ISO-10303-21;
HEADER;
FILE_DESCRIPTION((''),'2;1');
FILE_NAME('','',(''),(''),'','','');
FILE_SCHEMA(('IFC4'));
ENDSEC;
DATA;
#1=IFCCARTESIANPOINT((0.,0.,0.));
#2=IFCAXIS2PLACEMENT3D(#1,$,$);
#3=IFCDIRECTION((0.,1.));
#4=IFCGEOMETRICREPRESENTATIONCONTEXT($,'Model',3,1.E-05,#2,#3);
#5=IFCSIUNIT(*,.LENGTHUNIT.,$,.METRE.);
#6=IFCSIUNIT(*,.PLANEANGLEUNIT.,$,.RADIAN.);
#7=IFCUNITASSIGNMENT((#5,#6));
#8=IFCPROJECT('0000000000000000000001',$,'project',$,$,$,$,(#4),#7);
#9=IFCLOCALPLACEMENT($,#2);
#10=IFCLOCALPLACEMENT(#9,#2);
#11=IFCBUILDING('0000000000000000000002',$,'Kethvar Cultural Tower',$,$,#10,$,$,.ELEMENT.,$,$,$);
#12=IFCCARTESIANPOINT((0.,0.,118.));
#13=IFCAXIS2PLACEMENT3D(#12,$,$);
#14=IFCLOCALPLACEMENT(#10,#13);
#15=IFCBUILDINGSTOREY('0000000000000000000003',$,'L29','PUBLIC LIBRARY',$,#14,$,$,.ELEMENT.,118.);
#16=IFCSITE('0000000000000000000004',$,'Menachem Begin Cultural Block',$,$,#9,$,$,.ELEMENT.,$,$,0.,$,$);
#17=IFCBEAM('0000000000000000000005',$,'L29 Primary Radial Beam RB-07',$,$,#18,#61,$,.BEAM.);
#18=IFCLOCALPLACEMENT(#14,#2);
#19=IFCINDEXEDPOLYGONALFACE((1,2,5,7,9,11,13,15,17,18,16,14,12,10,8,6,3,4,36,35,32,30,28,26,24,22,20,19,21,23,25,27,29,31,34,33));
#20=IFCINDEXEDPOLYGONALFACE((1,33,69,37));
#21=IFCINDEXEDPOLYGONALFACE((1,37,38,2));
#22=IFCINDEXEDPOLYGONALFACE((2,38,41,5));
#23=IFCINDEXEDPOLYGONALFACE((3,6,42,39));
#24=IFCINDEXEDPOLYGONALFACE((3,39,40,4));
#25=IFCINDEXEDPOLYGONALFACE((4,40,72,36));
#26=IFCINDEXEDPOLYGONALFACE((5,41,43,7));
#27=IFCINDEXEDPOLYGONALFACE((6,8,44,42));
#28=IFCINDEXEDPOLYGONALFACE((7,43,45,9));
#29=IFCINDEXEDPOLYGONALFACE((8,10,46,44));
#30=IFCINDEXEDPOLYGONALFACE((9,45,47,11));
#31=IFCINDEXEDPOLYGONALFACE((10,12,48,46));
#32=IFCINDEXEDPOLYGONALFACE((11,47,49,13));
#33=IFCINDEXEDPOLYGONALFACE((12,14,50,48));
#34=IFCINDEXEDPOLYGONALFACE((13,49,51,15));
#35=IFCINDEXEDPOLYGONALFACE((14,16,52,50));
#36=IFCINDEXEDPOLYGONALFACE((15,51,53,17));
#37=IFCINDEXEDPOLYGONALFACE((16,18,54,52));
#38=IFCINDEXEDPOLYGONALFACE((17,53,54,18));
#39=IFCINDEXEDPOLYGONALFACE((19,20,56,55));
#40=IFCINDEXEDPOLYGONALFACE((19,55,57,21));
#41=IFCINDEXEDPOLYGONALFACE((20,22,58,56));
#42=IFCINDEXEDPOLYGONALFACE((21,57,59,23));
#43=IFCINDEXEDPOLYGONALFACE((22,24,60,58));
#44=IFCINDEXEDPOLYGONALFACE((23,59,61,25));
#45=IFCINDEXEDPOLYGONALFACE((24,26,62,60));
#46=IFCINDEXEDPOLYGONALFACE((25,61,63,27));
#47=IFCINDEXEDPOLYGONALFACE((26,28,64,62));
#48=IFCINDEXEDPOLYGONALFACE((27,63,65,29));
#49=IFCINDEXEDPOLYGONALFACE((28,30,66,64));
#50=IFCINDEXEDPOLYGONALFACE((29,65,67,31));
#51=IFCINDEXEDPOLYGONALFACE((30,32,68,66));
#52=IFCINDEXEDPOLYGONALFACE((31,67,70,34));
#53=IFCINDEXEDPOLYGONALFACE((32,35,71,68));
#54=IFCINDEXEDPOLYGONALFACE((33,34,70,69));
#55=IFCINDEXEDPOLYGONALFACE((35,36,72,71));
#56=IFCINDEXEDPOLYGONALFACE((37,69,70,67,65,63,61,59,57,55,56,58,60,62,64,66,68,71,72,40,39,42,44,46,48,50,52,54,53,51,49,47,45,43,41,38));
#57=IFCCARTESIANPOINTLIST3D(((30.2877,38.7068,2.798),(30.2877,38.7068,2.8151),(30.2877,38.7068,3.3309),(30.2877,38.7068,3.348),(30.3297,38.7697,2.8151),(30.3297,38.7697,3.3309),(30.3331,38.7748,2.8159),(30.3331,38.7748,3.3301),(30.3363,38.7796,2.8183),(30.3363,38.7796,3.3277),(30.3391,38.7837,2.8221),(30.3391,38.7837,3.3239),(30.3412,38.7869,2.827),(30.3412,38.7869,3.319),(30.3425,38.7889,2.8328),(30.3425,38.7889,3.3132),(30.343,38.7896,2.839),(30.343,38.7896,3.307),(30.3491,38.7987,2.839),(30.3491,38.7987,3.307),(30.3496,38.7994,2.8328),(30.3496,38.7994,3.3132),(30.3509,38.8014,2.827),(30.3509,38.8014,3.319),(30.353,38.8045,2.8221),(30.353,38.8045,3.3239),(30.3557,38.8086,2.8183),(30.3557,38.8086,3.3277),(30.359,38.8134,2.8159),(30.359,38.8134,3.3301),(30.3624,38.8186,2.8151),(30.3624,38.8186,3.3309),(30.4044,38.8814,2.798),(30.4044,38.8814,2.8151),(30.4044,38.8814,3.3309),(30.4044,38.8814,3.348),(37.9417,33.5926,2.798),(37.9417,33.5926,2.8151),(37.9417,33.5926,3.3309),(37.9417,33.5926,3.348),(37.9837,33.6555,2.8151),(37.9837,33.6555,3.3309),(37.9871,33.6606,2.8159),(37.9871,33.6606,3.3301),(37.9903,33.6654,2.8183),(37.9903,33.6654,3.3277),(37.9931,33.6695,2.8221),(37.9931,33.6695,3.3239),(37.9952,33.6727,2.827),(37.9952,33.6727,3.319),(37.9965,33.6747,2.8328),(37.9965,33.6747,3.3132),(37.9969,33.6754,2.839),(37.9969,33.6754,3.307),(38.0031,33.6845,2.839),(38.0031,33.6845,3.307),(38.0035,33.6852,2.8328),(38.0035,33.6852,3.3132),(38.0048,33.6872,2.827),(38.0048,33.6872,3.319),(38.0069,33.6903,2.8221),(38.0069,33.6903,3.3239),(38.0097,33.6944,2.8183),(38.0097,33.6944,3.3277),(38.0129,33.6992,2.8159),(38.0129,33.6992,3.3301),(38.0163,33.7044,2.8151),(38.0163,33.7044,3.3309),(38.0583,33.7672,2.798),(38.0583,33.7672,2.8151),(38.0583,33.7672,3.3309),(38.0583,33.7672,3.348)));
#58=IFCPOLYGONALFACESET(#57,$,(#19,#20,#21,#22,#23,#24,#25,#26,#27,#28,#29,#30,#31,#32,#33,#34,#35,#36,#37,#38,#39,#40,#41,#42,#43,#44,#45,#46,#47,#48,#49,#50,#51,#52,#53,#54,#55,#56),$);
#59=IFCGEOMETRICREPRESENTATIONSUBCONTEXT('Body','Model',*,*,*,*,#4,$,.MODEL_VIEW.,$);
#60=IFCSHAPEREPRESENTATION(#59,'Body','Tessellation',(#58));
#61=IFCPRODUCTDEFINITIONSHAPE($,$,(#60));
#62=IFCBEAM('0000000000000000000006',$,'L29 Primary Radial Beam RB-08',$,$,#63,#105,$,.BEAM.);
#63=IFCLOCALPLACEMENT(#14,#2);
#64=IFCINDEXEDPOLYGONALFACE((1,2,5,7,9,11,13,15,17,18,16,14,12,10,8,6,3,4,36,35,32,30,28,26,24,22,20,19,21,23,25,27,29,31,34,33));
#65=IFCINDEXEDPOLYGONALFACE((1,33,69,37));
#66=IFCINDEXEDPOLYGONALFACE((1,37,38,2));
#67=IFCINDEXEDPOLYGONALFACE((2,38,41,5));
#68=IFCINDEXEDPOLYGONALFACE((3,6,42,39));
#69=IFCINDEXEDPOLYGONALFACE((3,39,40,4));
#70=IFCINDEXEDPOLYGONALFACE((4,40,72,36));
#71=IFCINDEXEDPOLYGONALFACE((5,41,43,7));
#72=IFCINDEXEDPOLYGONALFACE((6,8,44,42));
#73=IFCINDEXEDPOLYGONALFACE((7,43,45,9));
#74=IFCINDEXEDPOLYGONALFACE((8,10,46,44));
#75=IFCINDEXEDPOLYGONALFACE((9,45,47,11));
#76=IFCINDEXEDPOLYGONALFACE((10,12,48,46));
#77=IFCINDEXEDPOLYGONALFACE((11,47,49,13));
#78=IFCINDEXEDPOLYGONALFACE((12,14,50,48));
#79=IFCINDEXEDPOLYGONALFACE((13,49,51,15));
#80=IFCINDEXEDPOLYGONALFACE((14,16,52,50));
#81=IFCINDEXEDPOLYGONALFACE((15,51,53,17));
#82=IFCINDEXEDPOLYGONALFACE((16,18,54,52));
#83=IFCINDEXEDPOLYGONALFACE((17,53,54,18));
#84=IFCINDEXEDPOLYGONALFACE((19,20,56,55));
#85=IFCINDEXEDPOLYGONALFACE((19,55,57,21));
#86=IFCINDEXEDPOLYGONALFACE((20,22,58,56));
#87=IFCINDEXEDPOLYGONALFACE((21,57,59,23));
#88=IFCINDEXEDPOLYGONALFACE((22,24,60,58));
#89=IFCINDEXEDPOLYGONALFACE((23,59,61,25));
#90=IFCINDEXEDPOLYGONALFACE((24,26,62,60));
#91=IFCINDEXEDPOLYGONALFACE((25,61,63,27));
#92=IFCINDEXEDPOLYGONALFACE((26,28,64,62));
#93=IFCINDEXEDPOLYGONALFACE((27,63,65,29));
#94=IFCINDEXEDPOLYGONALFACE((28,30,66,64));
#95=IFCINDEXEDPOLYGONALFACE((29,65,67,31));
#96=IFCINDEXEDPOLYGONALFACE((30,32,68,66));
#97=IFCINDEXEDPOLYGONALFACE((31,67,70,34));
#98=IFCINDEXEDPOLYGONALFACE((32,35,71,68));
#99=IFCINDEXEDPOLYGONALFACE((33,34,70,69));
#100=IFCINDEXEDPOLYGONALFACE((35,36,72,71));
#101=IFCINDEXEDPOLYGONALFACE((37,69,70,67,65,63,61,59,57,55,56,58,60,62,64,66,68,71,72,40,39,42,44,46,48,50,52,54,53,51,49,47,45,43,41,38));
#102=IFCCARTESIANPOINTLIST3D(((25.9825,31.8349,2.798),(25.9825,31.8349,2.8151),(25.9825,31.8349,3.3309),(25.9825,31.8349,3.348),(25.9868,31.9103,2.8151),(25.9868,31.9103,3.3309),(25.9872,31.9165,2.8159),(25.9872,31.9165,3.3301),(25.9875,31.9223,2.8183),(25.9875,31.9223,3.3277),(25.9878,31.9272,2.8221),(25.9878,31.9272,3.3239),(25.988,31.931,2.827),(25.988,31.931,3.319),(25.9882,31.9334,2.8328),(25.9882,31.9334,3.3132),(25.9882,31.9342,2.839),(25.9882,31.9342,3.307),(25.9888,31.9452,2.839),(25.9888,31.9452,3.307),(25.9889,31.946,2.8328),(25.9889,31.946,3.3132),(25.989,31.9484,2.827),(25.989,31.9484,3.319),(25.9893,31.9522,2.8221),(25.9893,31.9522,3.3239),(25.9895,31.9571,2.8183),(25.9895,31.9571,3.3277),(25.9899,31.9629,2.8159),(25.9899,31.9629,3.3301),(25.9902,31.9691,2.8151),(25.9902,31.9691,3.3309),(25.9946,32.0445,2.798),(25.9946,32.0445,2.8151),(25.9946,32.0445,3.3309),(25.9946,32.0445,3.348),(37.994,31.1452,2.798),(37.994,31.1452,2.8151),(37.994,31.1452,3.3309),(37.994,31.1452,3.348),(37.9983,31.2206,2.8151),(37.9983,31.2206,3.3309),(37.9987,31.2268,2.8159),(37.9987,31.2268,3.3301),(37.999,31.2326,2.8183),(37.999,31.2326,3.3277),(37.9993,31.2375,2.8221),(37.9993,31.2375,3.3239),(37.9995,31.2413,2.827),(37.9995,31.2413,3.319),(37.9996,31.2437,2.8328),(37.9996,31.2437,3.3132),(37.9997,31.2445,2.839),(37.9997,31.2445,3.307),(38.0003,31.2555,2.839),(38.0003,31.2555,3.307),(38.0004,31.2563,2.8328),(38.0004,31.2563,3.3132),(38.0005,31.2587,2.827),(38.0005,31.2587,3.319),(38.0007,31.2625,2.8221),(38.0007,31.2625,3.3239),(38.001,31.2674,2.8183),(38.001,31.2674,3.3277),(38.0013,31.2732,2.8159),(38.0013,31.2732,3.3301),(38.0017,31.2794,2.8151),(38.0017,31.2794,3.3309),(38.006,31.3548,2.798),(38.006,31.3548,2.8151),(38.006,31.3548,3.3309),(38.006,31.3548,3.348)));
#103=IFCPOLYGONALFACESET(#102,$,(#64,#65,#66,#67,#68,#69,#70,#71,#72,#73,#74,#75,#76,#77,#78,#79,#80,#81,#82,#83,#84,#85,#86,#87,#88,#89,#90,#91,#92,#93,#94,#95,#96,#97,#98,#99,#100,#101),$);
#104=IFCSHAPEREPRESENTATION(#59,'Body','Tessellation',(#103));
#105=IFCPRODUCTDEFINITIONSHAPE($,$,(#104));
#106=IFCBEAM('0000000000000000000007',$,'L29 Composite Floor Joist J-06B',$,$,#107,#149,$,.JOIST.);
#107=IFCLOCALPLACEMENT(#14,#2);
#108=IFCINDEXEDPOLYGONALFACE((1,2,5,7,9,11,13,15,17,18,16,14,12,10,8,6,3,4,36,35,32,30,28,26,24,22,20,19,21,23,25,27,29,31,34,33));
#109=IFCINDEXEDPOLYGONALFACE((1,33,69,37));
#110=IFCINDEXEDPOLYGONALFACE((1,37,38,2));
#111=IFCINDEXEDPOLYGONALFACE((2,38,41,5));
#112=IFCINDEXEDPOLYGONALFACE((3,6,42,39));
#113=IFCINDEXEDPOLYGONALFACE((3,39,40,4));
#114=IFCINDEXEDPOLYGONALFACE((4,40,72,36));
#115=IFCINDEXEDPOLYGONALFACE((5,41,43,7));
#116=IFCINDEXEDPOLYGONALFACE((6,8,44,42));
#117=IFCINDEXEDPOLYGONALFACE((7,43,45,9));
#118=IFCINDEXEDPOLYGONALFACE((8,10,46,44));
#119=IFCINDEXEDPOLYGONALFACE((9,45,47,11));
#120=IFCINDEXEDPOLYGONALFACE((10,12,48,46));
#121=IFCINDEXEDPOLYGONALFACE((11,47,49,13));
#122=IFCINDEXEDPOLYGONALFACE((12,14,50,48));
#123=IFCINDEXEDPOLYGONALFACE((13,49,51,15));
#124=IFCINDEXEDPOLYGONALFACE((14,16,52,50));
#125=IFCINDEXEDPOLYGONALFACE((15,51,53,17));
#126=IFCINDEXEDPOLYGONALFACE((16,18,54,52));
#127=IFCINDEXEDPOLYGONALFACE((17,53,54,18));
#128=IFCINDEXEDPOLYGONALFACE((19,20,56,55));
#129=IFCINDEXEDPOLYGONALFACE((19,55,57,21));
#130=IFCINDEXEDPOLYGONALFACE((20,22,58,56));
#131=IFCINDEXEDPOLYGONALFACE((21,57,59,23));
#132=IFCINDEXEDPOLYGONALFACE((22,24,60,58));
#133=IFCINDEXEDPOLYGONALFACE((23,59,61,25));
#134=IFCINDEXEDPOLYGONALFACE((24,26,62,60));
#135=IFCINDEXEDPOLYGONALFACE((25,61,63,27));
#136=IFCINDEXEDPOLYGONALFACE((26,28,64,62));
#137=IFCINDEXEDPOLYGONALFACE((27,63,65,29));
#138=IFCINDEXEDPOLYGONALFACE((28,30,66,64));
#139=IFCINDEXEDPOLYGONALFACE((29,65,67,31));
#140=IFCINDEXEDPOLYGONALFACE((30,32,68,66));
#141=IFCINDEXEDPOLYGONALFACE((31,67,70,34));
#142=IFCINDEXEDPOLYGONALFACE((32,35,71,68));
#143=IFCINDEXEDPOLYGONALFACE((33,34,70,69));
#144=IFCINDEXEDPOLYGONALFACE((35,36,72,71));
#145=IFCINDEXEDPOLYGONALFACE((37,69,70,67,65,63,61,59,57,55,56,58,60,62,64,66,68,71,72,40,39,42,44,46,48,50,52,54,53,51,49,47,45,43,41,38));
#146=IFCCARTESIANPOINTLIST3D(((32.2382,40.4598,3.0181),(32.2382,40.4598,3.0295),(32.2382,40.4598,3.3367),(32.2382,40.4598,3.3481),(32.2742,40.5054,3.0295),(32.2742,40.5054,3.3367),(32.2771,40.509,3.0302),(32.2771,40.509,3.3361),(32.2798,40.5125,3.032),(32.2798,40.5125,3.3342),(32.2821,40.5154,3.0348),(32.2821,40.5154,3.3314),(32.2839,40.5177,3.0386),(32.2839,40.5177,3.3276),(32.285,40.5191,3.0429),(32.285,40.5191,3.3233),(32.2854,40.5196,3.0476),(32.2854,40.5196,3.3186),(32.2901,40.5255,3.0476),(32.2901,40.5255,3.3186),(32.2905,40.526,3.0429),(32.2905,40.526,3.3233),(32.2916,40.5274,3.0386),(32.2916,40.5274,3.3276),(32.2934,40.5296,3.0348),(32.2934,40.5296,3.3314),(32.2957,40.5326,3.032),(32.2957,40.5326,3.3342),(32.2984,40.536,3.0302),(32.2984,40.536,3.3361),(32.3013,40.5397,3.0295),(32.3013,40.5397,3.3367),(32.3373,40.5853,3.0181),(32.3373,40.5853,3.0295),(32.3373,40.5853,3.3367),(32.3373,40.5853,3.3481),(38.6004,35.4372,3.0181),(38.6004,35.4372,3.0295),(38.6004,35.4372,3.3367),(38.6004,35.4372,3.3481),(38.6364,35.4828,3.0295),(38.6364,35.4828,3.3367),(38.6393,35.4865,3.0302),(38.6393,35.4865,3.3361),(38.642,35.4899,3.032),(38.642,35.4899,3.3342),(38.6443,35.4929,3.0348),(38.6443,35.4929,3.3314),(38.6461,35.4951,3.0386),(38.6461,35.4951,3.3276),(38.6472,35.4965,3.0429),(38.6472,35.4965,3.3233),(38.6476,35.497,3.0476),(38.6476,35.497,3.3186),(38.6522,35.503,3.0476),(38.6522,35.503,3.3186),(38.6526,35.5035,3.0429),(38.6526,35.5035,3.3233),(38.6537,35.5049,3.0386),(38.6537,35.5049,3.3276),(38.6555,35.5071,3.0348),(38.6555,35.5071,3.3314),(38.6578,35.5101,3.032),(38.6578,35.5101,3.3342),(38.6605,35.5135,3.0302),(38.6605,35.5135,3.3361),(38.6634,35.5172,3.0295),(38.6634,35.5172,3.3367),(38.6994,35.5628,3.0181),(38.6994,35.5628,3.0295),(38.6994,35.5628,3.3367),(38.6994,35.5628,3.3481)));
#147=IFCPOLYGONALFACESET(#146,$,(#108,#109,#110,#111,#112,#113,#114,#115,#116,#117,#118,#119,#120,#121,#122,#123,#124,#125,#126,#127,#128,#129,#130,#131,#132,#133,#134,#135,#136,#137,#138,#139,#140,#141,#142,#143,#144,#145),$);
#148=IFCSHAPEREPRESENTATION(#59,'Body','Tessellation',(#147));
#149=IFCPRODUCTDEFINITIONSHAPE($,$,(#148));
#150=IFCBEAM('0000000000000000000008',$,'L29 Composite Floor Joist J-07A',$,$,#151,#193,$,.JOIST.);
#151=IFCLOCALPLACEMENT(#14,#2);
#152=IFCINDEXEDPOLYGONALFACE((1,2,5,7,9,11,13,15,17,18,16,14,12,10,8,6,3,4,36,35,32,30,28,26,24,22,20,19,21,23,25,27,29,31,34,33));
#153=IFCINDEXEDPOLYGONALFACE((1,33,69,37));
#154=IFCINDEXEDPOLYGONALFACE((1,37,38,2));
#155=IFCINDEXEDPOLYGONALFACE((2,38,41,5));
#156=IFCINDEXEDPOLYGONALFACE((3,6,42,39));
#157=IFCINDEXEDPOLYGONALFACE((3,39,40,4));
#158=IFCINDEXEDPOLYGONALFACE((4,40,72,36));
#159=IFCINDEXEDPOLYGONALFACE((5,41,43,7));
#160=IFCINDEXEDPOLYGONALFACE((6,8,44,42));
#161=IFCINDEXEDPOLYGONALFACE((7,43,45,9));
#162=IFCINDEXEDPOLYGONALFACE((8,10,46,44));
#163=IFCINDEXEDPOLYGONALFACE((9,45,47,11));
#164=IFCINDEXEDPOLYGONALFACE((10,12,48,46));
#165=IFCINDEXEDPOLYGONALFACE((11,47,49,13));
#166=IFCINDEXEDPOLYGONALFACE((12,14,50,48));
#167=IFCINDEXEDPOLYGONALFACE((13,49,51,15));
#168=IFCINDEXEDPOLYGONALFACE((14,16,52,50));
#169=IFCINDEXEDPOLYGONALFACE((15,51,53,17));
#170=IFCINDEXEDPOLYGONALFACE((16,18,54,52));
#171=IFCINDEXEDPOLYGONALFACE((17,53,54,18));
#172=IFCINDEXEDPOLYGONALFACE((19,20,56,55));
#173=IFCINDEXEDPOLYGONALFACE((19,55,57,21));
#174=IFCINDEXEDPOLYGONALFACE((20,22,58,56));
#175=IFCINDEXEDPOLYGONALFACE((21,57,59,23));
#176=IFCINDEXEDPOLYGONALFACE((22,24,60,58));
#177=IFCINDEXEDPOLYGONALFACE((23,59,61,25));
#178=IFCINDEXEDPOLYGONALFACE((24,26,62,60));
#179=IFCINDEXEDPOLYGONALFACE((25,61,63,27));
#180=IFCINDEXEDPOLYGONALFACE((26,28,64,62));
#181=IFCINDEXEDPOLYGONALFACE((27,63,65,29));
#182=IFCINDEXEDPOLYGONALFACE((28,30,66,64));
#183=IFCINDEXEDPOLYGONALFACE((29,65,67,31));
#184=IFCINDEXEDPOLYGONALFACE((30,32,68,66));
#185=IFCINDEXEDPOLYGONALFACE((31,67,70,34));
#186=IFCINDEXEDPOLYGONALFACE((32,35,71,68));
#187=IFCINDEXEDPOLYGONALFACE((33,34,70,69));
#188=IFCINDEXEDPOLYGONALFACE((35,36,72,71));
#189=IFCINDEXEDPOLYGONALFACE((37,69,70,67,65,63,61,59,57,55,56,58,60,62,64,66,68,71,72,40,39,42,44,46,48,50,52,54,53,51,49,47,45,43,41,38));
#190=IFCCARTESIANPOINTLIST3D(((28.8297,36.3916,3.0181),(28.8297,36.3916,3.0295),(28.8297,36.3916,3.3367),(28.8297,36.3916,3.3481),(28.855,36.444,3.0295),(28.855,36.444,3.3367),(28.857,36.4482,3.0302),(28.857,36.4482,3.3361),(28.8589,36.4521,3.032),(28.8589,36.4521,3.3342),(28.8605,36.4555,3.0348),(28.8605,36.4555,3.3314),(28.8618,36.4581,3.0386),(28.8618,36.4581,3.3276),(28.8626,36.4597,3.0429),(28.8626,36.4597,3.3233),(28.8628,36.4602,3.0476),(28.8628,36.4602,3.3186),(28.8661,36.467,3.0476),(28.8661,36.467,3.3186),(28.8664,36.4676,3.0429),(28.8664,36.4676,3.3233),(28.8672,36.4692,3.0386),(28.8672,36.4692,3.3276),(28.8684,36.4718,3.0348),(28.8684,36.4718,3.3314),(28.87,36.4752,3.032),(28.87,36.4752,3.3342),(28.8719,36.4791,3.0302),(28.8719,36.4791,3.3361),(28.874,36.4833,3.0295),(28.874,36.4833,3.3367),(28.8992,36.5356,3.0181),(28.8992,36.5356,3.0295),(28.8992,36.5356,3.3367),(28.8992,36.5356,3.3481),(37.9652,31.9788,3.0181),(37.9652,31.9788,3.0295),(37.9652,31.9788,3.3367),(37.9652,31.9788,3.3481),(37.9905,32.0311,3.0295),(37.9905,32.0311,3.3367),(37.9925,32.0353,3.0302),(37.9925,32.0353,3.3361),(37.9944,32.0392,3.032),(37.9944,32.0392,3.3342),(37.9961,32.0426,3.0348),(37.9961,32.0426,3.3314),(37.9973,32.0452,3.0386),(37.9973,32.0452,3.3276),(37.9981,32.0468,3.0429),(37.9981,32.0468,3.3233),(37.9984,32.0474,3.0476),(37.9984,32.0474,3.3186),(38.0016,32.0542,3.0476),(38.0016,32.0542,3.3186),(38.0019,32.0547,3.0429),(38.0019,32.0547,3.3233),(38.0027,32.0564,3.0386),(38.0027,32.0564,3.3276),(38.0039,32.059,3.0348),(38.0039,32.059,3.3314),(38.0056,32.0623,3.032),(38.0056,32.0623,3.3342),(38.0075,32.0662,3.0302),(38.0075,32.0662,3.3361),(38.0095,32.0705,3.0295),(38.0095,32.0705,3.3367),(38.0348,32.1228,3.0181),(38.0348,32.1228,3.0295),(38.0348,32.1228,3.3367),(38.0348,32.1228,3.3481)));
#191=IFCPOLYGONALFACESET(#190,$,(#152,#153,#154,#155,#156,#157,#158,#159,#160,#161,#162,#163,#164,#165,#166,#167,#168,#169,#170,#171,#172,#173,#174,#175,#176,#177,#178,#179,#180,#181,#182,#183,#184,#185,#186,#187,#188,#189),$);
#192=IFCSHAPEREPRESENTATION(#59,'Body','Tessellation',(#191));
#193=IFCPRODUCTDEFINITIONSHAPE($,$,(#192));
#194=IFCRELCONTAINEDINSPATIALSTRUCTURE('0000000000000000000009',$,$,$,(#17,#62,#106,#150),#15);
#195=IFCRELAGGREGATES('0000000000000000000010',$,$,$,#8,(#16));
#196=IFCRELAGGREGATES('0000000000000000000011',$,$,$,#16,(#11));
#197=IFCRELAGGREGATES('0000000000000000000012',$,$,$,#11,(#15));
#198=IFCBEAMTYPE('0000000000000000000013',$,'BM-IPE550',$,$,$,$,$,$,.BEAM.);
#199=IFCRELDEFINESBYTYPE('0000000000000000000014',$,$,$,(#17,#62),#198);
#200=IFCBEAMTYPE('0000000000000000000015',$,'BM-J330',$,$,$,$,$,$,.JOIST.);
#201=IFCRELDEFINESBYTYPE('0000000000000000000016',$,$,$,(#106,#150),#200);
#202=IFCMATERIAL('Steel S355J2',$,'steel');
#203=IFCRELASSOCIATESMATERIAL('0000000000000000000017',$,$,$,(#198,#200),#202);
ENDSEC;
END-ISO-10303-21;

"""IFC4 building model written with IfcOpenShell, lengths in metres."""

from ifc_helpers import new_model, si_unit, direction, frame, origin, origin_2d, place, context, subcontext, project, spatial, i_section, extrude, source, transform, mapped, material, material_profile, profile_set, type_object, element, save


model = new_model("IFC4")

# Units and contexts
model_context = context("Model", 3, precision=1e-05, world=origin(), true_north=direction((0.0, 1.0)))
body_context = subcontext(model_context, "Body", "Model", "MODEL_VIEW")
ifc_project = project(units=[si_unit("LENGTHUNIT", "METRE"), si_unit("PLANEANGLEUNIT", "RADIAN")], contexts=[model_context])

# Site, building, storey
site_placement = place(None, origin())
site = spatial("IfcSite", under=ifc_project, at=site_placement, Name="Menachem Begin Cultural Block", CompositionType="ELEMENT", RefElevation=0.0)
building_placement = place(site_placement, origin())
building = spatial("IfcBuilding", under=site, at=building_placement, Name="Kethvar Cultural Tower", CompositionType="ELEMENT")
storey_placement = place(building_placement, frame((0.0, 0.0, 118.0)))
storey = spatial("IfcBuildingStorey", under=building, at=storey_placement, Name="L29", Description="PUBLIC LIBRARY", CompositionType="ELEMENT", Elevation=118.0)

# Beams
ifc_material_1 = material(Name="Steel S355J2", Category="steel")
ifc_material_profile_1 = material_profile(ifc_material_1, i_section(OverallWidth=0.21, OverallDepth=0.55, WebThickness=0.011, FlangeThickness=0.0171, FilletRadius=0.0239, at=origin_2d()), Name="Steel S355J2 — IPE550")
ifc_profile_set_1 = profile_set([ifc_material_profile_1], Name="Steel S355J2 — IPE550")
beam_type_1 = type_object("IfcBeamType", Name="BM-IPE550", PredefinedType="BEAM", material=ifc_profile_set_1)
shared_shape_1 = source(origin(), body_context, "Body", "SweptSolid", [
    extrude(i_section(OverallWidth=0.21, OverallDepth=0.55, WebThickness=0.011, FlangeThickness=0.0171, FilletRadius=0.0239, at=origin_2d()), origin(), (0.0, 0.0, 1.0), 9.2053),
])
beam_1_placement = place(storey_placement, frame((38.0, 33.6799, 3.073), z_axis=(-0.83147, 0.555569, 0.0), x_axis=(-0.555569, -0.83147, 0.0)))
element("IfcBeam", 1, at=beam_1_placement, inside=storey, type_object=beam_type_1, Name="L29 Primary Radial Beam RB-07", PredefinedType="BEAM", context=body_context, shape_type="MappedRepresentation", body=[
    mapped(shared_shape_1, transform((0.0, 0.0, 0.0), scale=1.0)),
])
shared_shape_2 = source(origin(), body_context, "Body", "SweptSolid", [
    extrude(i_section(OverallWidth=0.21, OverallDepth=0.55, WebThickness=0.011, FlangeThickness=0.0171, FilletRadius=0.0239, at=origin_2d()), origin(), (0.0, 0.0, 1.0), 12.0312),
])
beam_2_placement = place(storey_placement, frame((38.0, 31.25, 3.073), z_axis=(-0.998356, 0.057325, 0.0), x_axis=(-0.057325, -0.998356, 0.0)))
element("IfcBeam", 2, at=beam_2_placement, inside=storey, type_object=beam_type_1, Name="L29 Primary Radial Beam RB-08", PredefinedType="BEAM", context=body_context, shape_type="MappedRepresentation", body=[
    mapped(shared_shape_2, transform((0.0, 0.0, 0.0), scale=1.0)),
])
ifc_material_profile_2 = material_profile(ifc_material_1, i_section(OverallWidth=0.1599, OverallDepth=0.3301, WebThickness=0.0076, FlangeThickness=0.0115, FilletRadius=0.0181, at=origin_2d()), Name="Steel S355J2 — IPE330")
ifc_profile_set_2 = profile_set([ifc_material_profile_2], Name="Steel S355J2 — IPE330")
beam_type_2 = type_object("IfcBeamType", Name="BM-J330", PredefinedType="JOIST", material=ifc_profile_set_2)
shared_shape_3 = source(origin(), body_context, "Body", "SweptSolid", [
    extrude(i_section(OverallWidth=0.1599, OverallDepth=0.3301, WebThickness=0.0076, FlangeThickness=0.0115, FilletRadius=0.0181, at=origin_2d()), origin(), (0.0, 0.0, 1.0), 8.1057),
])
beam_3_placement = place(storey_placement, frame((38.6499, 35.5, 3.1831), z_axis=(-0.784896, 0.619628, 0.0), x_axis=(-0.619628, -0.784896, 0.0)))
element("IfcBeam", 3, at=beam_3_placement, inside=storey, type_object=beam_type_2, Name="L29 Composite Floor Joist J-06B", PredefinedType="JOIST", context=body_context, shape_type="MappedRepresentation", body=[
    mapped(shared_shape_3, transform((0.0, 0.0, 0.0), scale=1.0)),
])
shared_shape_4 = source(origin(), body_context, "Body", "SweptSolid", [
    extrude(i_section(OverallWidth=0.1599, OverallDepth=0.3301, WebThickness=0.0076, FlangeThickness=0.0115, FilletRadius=0.0181, at=origin_2d()), origin(), (0.0, 0.0, 1.0), 10.1455),
])
beam_4_placement = place(storey_placement, frame((38.0, 32.0508, 3.1831), z_axis=(-0.900451, 0.434957, 0.0), x_axis=(-0.434957, -0.900451, 0.0)))
element("IfcBeam", 4, at=beam_4_placement, inside=storey, type_object=beam_type_2, Name="L29 Composite Floor Joist J-07A", PredefinedType="JOIST", context=body_context, shape_type="MappedRepresentation", body=[
    mapped(shared_shape_4, transform((0.0, 0.0, 0.0), scale=1.0)),
])

save(model, "model.ifc")
